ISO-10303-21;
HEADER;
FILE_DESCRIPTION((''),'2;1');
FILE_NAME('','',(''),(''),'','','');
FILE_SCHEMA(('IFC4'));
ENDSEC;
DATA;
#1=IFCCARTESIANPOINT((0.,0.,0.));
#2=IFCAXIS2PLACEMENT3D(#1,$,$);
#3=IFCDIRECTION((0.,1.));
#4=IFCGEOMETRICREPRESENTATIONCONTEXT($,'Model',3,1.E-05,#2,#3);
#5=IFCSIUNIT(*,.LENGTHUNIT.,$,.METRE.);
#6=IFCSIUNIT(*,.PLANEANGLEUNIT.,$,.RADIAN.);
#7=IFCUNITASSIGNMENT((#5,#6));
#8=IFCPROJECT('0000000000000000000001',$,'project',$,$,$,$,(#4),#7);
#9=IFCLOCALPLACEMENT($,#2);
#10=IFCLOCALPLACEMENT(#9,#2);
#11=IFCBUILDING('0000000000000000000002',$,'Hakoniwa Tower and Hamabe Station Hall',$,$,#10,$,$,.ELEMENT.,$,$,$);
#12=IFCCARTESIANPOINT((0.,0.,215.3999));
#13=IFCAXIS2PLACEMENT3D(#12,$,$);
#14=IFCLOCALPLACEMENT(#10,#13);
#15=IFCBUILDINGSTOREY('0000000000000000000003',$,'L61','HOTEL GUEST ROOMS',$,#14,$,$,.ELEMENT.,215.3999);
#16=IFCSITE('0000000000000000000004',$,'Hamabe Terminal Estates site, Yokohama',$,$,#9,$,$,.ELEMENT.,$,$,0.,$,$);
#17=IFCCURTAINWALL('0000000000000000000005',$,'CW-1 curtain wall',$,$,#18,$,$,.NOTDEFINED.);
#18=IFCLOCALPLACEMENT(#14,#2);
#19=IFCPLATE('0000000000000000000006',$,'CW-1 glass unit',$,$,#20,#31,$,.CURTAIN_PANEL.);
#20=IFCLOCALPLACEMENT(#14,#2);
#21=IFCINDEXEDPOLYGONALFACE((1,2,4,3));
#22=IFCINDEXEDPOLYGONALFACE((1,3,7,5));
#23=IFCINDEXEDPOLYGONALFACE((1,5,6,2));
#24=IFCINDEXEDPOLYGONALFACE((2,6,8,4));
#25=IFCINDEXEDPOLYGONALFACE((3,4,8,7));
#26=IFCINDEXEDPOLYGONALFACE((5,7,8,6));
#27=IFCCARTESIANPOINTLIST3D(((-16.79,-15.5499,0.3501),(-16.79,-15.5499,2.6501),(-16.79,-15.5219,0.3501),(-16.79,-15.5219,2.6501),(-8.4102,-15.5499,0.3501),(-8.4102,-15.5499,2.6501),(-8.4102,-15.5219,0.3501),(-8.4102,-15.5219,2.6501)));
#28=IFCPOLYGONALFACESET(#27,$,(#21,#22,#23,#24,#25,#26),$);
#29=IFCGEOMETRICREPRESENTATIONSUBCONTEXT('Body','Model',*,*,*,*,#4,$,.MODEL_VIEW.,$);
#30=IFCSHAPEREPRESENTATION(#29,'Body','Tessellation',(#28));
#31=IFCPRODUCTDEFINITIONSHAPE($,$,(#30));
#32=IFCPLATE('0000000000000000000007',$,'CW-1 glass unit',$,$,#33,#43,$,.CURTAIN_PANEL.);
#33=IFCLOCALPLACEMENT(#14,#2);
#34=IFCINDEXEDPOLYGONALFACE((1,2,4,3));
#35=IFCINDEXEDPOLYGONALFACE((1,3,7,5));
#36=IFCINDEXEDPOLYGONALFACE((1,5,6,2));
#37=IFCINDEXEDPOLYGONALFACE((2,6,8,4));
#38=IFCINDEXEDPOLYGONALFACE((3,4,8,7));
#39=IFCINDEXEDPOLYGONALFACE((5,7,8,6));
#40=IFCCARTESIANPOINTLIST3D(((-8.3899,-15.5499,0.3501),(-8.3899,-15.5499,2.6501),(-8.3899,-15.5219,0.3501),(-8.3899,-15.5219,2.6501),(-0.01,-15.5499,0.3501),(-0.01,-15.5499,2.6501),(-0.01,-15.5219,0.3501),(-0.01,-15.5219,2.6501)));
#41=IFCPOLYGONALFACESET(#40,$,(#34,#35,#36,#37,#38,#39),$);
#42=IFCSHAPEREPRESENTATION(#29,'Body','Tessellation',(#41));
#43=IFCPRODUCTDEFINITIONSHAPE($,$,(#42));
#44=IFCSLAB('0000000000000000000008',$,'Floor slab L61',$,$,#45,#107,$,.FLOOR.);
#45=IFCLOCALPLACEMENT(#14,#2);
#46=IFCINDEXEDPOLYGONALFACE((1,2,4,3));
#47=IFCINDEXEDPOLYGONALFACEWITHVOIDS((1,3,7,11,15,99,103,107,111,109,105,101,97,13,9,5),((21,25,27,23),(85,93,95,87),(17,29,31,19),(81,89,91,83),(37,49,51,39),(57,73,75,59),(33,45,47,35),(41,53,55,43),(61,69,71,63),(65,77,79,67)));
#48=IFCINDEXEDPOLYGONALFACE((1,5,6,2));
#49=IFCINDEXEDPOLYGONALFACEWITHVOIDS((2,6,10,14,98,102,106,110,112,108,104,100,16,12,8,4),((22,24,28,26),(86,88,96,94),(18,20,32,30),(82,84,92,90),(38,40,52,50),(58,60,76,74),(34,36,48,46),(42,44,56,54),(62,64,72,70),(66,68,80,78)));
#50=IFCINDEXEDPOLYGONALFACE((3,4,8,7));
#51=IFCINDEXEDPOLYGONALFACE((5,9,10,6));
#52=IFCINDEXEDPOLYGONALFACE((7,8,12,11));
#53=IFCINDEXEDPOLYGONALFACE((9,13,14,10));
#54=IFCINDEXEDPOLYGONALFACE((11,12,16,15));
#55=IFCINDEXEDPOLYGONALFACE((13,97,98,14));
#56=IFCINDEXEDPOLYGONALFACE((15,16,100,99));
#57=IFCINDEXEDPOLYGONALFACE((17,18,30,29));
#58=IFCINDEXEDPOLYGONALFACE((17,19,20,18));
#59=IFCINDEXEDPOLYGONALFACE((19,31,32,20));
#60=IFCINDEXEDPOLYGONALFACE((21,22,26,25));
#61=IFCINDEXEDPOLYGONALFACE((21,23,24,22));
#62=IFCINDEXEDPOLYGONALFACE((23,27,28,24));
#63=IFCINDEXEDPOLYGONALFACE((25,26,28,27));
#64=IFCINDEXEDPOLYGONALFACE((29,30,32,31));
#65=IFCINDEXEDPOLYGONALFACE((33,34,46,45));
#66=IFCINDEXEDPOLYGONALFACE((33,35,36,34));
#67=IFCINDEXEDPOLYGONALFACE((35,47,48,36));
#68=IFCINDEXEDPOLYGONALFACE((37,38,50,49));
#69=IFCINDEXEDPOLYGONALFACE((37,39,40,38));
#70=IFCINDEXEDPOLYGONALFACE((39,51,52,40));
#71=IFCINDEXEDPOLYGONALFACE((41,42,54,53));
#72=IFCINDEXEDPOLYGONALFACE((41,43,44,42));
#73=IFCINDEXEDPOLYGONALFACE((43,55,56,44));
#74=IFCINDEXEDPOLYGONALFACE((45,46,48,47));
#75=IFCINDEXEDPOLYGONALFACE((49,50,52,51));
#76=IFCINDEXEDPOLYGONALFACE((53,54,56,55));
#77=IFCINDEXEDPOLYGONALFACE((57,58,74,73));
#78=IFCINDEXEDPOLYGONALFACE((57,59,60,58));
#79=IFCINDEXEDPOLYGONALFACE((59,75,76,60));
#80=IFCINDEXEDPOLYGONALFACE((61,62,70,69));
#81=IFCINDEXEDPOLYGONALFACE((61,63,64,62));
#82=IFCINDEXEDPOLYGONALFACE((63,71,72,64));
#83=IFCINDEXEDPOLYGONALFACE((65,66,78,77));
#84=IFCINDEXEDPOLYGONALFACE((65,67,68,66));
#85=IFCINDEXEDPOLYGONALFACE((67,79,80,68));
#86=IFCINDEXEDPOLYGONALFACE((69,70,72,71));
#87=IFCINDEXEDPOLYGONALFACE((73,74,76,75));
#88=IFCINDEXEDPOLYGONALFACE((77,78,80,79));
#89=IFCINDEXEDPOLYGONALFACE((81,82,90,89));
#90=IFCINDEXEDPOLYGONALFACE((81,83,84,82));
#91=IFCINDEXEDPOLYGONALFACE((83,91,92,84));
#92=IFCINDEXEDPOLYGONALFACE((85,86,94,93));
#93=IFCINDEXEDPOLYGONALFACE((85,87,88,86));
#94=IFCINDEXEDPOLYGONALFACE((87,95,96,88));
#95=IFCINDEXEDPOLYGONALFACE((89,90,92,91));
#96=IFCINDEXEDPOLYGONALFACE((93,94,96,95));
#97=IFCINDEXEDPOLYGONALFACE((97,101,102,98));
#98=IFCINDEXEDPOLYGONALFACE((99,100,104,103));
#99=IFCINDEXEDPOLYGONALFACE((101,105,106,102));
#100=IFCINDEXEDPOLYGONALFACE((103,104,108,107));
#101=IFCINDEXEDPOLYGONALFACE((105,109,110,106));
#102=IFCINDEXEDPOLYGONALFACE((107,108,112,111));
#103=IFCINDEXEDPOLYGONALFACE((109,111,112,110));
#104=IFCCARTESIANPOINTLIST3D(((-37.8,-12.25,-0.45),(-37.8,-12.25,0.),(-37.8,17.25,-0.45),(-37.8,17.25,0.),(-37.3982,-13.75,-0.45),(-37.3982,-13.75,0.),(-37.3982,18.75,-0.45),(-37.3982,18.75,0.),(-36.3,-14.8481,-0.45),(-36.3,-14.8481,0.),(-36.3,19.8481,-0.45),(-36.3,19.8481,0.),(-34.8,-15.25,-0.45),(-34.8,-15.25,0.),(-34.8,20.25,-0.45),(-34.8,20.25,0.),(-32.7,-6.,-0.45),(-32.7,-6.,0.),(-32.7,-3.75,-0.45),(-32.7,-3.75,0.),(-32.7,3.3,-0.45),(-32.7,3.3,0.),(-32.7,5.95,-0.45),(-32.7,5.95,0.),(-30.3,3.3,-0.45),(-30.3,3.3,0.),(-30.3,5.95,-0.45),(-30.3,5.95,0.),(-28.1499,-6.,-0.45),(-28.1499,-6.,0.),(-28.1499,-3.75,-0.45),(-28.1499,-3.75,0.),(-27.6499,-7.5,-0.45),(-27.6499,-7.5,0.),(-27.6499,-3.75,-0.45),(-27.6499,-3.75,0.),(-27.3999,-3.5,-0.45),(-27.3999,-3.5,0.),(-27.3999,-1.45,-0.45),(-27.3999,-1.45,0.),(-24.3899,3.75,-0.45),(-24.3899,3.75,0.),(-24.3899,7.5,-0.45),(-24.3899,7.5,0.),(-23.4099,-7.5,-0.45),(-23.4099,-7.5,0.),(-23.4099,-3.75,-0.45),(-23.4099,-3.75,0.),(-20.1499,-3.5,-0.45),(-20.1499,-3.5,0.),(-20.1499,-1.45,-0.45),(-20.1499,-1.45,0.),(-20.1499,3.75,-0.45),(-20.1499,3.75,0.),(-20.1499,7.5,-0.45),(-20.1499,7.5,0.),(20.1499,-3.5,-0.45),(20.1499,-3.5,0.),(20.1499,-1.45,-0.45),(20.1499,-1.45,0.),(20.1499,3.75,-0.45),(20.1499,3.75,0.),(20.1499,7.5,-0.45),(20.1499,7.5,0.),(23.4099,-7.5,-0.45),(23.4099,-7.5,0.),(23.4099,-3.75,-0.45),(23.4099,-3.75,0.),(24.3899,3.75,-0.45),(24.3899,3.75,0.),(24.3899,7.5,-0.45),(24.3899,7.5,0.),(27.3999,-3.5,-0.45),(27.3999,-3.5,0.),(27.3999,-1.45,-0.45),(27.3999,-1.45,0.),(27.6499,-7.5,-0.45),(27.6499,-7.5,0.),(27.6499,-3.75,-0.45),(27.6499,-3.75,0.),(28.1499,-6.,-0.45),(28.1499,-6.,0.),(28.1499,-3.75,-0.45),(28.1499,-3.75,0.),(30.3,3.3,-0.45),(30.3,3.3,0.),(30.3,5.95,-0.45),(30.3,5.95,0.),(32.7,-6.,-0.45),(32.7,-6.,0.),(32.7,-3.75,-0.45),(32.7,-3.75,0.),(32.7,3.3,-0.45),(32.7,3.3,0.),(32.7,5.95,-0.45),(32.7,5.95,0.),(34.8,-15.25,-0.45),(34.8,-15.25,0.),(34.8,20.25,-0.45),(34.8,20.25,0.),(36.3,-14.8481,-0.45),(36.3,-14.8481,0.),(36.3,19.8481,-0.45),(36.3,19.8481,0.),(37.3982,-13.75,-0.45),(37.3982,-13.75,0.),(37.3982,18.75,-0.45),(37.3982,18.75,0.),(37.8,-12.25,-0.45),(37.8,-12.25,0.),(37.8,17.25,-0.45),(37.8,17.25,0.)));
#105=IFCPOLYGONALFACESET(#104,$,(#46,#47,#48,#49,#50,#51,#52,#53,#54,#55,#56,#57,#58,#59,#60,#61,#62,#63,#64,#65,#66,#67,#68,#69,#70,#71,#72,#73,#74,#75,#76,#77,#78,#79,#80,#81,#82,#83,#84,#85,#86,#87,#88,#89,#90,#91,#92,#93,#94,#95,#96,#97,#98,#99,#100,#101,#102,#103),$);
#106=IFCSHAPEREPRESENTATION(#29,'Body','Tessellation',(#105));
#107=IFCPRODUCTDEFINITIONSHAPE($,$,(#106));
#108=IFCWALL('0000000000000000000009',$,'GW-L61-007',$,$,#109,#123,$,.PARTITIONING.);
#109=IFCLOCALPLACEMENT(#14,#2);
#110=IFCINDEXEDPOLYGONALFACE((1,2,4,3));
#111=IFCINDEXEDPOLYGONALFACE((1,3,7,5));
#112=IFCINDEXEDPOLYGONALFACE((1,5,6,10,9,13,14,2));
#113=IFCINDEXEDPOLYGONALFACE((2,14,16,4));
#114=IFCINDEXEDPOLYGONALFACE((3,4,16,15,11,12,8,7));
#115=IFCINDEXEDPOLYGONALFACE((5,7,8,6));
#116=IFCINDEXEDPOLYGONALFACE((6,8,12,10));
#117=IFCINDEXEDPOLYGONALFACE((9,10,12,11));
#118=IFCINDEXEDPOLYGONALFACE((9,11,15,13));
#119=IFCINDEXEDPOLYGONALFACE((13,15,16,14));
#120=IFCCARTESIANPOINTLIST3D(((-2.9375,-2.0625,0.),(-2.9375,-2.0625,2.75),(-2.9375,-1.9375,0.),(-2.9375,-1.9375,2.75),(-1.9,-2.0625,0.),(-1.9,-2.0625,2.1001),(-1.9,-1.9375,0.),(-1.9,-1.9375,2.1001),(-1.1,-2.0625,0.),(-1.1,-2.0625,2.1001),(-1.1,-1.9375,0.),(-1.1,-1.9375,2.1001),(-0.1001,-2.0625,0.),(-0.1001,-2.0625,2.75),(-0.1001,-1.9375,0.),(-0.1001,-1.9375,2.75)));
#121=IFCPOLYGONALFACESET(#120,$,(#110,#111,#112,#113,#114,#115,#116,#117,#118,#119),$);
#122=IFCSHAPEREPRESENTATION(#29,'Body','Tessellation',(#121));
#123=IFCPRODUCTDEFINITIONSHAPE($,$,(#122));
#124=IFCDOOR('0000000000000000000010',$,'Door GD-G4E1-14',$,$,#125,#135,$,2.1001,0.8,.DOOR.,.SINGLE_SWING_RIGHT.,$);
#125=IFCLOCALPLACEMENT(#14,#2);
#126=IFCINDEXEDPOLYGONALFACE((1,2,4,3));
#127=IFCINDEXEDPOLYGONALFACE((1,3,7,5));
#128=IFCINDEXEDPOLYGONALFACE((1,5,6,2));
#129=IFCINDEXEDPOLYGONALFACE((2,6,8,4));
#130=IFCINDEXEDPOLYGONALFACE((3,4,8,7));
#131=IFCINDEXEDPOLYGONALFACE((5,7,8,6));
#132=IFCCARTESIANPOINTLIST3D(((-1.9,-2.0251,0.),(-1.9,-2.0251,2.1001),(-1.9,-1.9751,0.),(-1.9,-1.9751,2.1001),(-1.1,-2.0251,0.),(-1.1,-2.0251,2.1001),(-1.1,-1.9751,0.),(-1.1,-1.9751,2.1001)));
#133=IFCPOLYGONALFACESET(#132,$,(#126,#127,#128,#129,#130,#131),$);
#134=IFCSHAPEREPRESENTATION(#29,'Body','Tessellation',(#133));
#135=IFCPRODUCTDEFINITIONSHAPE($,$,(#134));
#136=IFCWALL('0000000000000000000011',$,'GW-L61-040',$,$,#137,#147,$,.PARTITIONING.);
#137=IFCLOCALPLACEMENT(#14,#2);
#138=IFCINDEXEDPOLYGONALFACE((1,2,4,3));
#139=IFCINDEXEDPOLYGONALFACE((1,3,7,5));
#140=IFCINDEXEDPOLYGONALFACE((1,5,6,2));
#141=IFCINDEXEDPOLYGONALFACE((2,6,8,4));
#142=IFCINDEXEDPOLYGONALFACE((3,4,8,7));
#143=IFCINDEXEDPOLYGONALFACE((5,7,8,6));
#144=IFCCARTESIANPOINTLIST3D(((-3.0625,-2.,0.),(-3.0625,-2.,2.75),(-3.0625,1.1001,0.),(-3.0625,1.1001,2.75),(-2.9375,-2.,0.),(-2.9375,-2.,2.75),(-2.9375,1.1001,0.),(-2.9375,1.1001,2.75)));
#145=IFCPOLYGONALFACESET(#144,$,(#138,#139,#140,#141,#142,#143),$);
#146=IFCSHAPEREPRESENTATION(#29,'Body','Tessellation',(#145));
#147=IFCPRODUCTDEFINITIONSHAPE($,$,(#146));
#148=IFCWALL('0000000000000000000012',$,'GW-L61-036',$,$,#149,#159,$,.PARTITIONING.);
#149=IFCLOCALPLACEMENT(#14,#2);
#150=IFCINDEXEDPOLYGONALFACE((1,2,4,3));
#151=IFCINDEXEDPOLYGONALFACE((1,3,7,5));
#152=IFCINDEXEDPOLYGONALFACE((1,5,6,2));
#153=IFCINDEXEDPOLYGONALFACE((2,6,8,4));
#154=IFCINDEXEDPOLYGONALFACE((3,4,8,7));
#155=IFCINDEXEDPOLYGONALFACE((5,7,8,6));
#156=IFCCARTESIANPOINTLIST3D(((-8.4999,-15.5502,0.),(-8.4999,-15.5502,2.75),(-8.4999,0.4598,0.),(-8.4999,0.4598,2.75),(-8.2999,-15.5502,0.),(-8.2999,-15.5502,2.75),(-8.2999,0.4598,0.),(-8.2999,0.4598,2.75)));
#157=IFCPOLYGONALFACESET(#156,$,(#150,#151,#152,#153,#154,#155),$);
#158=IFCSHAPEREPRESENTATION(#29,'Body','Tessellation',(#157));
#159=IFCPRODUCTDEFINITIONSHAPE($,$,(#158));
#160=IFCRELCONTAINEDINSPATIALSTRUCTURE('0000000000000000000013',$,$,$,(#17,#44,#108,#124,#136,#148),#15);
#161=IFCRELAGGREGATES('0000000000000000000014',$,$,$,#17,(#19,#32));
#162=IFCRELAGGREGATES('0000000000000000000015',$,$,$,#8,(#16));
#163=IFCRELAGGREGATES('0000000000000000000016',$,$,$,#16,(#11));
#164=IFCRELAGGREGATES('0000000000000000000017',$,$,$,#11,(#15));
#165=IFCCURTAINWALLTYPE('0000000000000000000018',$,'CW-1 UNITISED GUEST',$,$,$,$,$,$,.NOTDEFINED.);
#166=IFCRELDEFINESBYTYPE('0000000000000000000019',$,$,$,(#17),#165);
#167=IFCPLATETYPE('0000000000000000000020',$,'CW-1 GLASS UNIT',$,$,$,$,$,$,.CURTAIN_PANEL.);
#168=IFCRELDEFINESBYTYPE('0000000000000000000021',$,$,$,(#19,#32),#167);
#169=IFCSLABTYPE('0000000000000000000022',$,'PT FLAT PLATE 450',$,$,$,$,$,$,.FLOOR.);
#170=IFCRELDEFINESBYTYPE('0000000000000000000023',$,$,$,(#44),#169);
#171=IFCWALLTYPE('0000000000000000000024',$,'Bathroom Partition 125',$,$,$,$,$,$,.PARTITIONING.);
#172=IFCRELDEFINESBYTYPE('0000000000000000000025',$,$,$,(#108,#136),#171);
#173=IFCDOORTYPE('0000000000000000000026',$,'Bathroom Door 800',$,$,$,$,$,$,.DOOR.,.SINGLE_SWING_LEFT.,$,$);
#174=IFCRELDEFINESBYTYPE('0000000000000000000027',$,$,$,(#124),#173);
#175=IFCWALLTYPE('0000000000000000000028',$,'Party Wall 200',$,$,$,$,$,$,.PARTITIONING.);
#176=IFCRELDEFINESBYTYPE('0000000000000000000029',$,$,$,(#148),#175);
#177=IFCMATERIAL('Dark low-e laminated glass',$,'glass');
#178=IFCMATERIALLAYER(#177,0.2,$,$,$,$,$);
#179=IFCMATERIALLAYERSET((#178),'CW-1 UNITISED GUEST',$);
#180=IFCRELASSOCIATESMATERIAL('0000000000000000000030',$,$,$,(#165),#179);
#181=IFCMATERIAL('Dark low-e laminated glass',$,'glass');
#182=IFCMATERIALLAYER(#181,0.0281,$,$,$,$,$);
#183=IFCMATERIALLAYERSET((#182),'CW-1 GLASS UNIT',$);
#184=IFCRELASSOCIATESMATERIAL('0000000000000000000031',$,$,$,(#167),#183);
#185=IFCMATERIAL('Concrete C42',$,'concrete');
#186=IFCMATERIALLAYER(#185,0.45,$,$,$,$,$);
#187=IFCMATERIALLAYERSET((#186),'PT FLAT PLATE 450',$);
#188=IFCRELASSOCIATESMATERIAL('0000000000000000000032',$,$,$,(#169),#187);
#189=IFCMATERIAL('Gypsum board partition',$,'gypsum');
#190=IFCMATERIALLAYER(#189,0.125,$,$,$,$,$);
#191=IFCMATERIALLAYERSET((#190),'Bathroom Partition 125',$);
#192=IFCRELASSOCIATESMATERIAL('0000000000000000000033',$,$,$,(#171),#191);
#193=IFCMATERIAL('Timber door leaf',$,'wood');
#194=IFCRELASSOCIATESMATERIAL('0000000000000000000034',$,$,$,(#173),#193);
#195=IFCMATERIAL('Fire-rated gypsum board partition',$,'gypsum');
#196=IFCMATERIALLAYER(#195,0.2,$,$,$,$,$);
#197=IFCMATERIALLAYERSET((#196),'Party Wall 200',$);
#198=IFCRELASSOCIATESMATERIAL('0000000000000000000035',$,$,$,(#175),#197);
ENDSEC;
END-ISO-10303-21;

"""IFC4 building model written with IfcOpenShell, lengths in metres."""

from ifc_helpers import new_model, si_unit, direction, frame, frame_2d, origin, origin_2d, place, context, subcontext, project, spatial, polyline, rectangle, outline, extrude, material, layer, layer_set, type_object, element, fill, aggregate, save


model = new_model("IFC4")

# Units and contexts
model_context = context("Model", 3, precision=1e-05, world=origin(), true_north=direction((0.0, 1.0)))
body_context = subcontext(model_context, "Body", "Model", "MODEL_VIEW")
ifc_project = project(units=[si_unit("LENGTHUNIT", "METRE"), si_unit("PLANEANGLEUNIT", "RADIAN")], contexts=[model_context])

# Site, building, storey
site_placement = place(None, origin())
site = spatial("IfcSite", under=ifc_project, at=site_placement, Name="Hamabe Terminal Estates site, Yokohama", CompositionType="ELEMENT", RefElevation=0.0)
building_placement = place(site_placement, origin())
building = spatial("IfcBuilding", under=site, at=building_placement, Name="Hakoniwa Tower and Hamabe Station Hall", CompositionType="ELEMENT")
storey_placement = place(building_placement, frame((0.0, 0.0, 215.3999)))
storey = spatial("IfcBuildingStorey", under=building, at=storey_placement, Name="L61", Description="HOTEL GUEST ROOMS", CompositionType="ELEMENT", Elevation=215.3999)

# Shared definitions
ifc_material_1 = material(Name="Dark low-e laminated glass", Category="glass")
ifc_layer_1 = layer(ifc_material_1, 0.2)
ifc_layer_set_1 = layer_set([ifc_layer_1], Name="CW-1 UNITISED GUEST")
curtain_wall_type = type_object("IfcCurtainWallType", Name="CW-1 UNITISED GUEST", PredefinedType="NOTDEFINED", material=ifc_layer_set_1)
ifc_material_2 = material(Name="Dark low-e laminated glass", Category="glass")
ifc_layer_2 = layer(ifc_material_2, 0.0281)
ifc_layer_set_2 = layer_set([ifc_layer_2], Name="CW-1 GLASS UNIT")
plate_type = type_object("IfcPlateType", Name="CW-1 GLASS UNIT", PredefinedType="CURTAIN_PANEL", material=ifc_layer_set_2)

# Curtain wall, plates
curtain_wall_1_placement = place(storey_placement, origin())
curtain_wall_1 = element("IfcCurtainWall", 1, at=curtain_wall_1_placement, inside=storey, type_object=curtain_wall_type, Name="CW-1 curtain wall", PredefinedType="NOTDEFINED")
plate_1_placement = place(storey_placement, frame((-12.6001, -15.5359, 0.3501), z_axis=(0.0, 0.0, 1.0), x_axis=(1.0, 0.0, 0.0)))
plate_1 = element("IfcPlate", 2, at=plate_1_placement, type_object=plate_type, Name="CW-1 glass unit", PredefinedType="CURTAIN_PANEL", context=body_context, shape_type="SweptSolid", body=[
    extrude(rectangle(XDim=8.3799, YDim=0.0281, at=origin_2d()), origin(), (0.0, 0.0, 1.0), 2.3),
])
plate_2_placement = place(storey_placement, frame((-4.2, -15.5359, 0.3501), z_axis=(0.0, 0.0, 1.0), x_axis=(1.0, 0.0, 0.0)))
plate_2 = element("IfcPlate", 3, at=plate_2_placement, type_object=plate_type, Name="CW-1 glass unit", PredefinedType="CURTAIN_PANEL", context=body_context, shape_type="SweptSolid", body=[
    extrude(rectangle(XDim=8.3799, YDim=0.0281, at=origin_2d()), origin(), (0.0, 0.0, 1.0), 2.3),
])
aggregate(curtain_wall_1, [plate_1, plate_2])

# Slab
ifc_material_3 = material(Name="Concrete C42", Category="concrete")
ifc_layer_3 = layer(ifc_material_3, 0.45)
ifc_layer_set_3 = layer_set([ifc_layer_3], Name="PT FLAT PLATE 450")
slab_type = type_object("IfcSlabType", Name="PT FLAT PLATE 450", PredefinedType="FLOOR", material=ifc_layer_set_3)
slab_placement = place(storey_placement, frame((0.0, 0.0, -0.45)))
element("IfcSlab", 4, at=slab_placement, inside=storey, type_object=slab_type, Name="Floor slab L61", PredefinedType="FLOOR", context=body_context, shape_type="SweptSolid", body=[
    extrude(outline(polyline([(37.8, -12.25), (37.8, 17.25), (37.3982, 18.75), (36.3, 19.8481), (34.8, 20.25), (-34.8, 20.25), (-36.3, 19.8481), (-37.3982, 18.75), (-37.8, 17.25), (-37.8, -12.25), (-37.3982, -13.75), (-36.3, -14.8481), (-34.8, -15.25), (34.8, -15.25), (36.3, -14.8481), (37.3982, -13.75), (37.8, -12.25)]), holes=[polyline([(-27.3999, -3.5), (-27.3999, -1.45), (-20.1499, -1.45), (-20.1499, -3.5), (-27.3999, -3.5)]), polyline([(-32.7, 3.3), (-32.7, 5.95), (-30.3, 5.95), (-30.3, 3.3), (-32.7, 3.3)]), polyline([(-32.7, -6.0), (-32.7, -3.75), (-28.1499, -3.75), (-28.1499, -6.0), (-32.7, -6.0)]), polyline([(-24.3899, 3.75), (-24.3899, 7.5), (-20.1499, 7.5), (-20.1499, 3.75), (-24.3899, 3.75)]), polyline([(-27.6499, -7.5), (-27.6499, -3.75), (-23.4099, -3.75), (-23.4099, -7.5), (-27.6499, -7.5)]), polyline([(20.1499, -3.5), (20.1499, -1.45), (27.3999, -1.45), (27.3999, -3.5), (20.1499, -3.5)]), polyline([(30.3, 3.3), (30.3, 5.95), (32.7, 5.95), (32.7, 3.3), (30.3, 3.3)]), polyline([(28.1499, -6.0), (28.1499, -3.75), (32.7, -3.75), (32.7, -6.0), (28.1499, -6.0)]), polyline([(20.1499, 3.75), (20.1499, 7.5), (24.3899, 7.5), (24.3899, 3.75), (20.1499, 3.75)]), polyline([(23.4099, -7.5), (23.4099, -3.75), (27.6499, -3.75), (27.6499, -7.5), (23.4099, -7.5)])]), origin(), (0.0, 0.0, 1.0), 0.45),
])

# Wall, opening, door
ifc_material_4 = material(Name="Gypsum board partition", Category="gypsum")
ifc_layer_4 = layer(ifc_material_4, 0.125)
ifc_layer_set_4 = layer_set([ifc_layer_4], Name="Bathroom Partition 125")
wall_type_1 = type_object("IfcWallType", Name="Bathroom Partition 125", PredefinedType="PARTITIONING", material=ifc_layer_set_4)
wall_1_placement = place(storey_placement, frame((-2.9375, -2.0, 0.0), z_axis=(0.0, 0.0, 1.0), x_axis=(1.0, 0.0, 0.0)))
wall_1 = element("IfcWall", 5, at=wall_1_placement, inside=storey, type_object=wall_type_1, Name="GW-L61-007", PredefinedType="PARTITIONING", context=body_context, shape_type="SweptSolid", body=[
    extrude(rectangle(XDim=2.8374, YDim=0.125, at=frame_2d((1.4187, 0.0))), origin(), (0.0, 0.0, 1.0), 2.75),
])
opening_1_placement = place(wall_1_placement, frame((1.0376, 0.0, 0.0)))
opening_1 = element("IfcOpeningElement", 6, at=opening_1_placement, cuts=wall_1, PredefinedType="OPENING", context=body_context, shape_type="SweptSolid", body=[
    extrude(rectangle(XDim=0.8, YDim=2.1001, at=frame_2d((0.3999, 1.05))), frame((0.0, 0.0725, 0.0), z_axis=(0.0, -1.0, 0.0), x_axis=(1.0, 0.0, 0.0)), (0.0, 0.0, 1.0), 0.145),
])
ifc_material_5 = material(Name="Timber door leaf", Category="wood")
door_type_1 = type_object("IfcDoorType", Name="Bathroom Door 800", OperationType="SINGLE_SWING_LEFT", PredefinedType="DOOR", material=ifc_material_5)
door_1_placement = place(opening_1_placement, origin())
door_1 = element("IfcDoor", 7, at=door_1_placement, inside=storey, type_object=door_type_1, Name="Door GD-G4E1-14", OperationType="SINGLE_SWING_RIGHT", OverallHeight=2.1001, OverallWidth=0.8, PredefinedType="DOOR", context=body_context, shape_type="SweptSolid", body=[
    extrude(rectangle(XDim=0.8, YDim=2.1001, at=frame_2d((0.3999, 1.05))), frame((0.0, 0.0249, 0.0), z_axis=(0.0, -1.0, 0.0), x_axis=(1.0, 0.0, 0.0)), (0.0, 0.0, 1.0), 0.05),
])
fill(opening_1, door_1)

# Walls
wall_2_placement = place(storey_placement, frame((-3.0, -2.0, 0.0), z_axis=(0.0, 0.0, 1.0), x_axis=(0.0, 1.0, 0.0)))
element("IfcWall", 8, at=wall_2_placement, inside=storey, type_object=wall_type_1, Name="GW-L61-040", PredefinedType="PARTITIONING", context=body_context, shape_type="SweptSolid", body=[
    extrude(rectangle(XDim=3.1001, YDim=0.125, at=frame_2d((1.55, 0.0))), origin(), (0.0, 0.0, 1.0), 2.75),
])
ifc_material_6 = material(Name="Fire-rated gypsum board partition", Category="gypsum")
ifc_layer_5 = layer(ifc_material_6, 0.2)
ifc_layer_set_5 = layer_set([ifc_layer_5], Name="Party Wall 200")
wall_type_2 = type_object("IfcWallType", Name="Party Wall 200", PredefinedType="PARTITIONING", material=ifc_layer_set_5)
wall_3_placement = place(storey_placement, frame((-8.3999, -15.55, 0.0), z_axis=(0.0, 0.0, 1.0), x_axis=(0.0, 1.0, 0.0)))
element("IfcWall", 9, at=wall_3_placement, inside=storey, type_object=wall_type_2, Name="GW-L61-036", PredefinedType="PARTITIONING", context=body_context, shape_type="SweptSolid", body=[
    extrude(rectangle(XDim=16.01, YDim=0.2, at=frame_2d((8.0049, 0.0))), origin(), (0.0, 0.0, 1.0), 2.75),
])

save(model, "model.ifc")
